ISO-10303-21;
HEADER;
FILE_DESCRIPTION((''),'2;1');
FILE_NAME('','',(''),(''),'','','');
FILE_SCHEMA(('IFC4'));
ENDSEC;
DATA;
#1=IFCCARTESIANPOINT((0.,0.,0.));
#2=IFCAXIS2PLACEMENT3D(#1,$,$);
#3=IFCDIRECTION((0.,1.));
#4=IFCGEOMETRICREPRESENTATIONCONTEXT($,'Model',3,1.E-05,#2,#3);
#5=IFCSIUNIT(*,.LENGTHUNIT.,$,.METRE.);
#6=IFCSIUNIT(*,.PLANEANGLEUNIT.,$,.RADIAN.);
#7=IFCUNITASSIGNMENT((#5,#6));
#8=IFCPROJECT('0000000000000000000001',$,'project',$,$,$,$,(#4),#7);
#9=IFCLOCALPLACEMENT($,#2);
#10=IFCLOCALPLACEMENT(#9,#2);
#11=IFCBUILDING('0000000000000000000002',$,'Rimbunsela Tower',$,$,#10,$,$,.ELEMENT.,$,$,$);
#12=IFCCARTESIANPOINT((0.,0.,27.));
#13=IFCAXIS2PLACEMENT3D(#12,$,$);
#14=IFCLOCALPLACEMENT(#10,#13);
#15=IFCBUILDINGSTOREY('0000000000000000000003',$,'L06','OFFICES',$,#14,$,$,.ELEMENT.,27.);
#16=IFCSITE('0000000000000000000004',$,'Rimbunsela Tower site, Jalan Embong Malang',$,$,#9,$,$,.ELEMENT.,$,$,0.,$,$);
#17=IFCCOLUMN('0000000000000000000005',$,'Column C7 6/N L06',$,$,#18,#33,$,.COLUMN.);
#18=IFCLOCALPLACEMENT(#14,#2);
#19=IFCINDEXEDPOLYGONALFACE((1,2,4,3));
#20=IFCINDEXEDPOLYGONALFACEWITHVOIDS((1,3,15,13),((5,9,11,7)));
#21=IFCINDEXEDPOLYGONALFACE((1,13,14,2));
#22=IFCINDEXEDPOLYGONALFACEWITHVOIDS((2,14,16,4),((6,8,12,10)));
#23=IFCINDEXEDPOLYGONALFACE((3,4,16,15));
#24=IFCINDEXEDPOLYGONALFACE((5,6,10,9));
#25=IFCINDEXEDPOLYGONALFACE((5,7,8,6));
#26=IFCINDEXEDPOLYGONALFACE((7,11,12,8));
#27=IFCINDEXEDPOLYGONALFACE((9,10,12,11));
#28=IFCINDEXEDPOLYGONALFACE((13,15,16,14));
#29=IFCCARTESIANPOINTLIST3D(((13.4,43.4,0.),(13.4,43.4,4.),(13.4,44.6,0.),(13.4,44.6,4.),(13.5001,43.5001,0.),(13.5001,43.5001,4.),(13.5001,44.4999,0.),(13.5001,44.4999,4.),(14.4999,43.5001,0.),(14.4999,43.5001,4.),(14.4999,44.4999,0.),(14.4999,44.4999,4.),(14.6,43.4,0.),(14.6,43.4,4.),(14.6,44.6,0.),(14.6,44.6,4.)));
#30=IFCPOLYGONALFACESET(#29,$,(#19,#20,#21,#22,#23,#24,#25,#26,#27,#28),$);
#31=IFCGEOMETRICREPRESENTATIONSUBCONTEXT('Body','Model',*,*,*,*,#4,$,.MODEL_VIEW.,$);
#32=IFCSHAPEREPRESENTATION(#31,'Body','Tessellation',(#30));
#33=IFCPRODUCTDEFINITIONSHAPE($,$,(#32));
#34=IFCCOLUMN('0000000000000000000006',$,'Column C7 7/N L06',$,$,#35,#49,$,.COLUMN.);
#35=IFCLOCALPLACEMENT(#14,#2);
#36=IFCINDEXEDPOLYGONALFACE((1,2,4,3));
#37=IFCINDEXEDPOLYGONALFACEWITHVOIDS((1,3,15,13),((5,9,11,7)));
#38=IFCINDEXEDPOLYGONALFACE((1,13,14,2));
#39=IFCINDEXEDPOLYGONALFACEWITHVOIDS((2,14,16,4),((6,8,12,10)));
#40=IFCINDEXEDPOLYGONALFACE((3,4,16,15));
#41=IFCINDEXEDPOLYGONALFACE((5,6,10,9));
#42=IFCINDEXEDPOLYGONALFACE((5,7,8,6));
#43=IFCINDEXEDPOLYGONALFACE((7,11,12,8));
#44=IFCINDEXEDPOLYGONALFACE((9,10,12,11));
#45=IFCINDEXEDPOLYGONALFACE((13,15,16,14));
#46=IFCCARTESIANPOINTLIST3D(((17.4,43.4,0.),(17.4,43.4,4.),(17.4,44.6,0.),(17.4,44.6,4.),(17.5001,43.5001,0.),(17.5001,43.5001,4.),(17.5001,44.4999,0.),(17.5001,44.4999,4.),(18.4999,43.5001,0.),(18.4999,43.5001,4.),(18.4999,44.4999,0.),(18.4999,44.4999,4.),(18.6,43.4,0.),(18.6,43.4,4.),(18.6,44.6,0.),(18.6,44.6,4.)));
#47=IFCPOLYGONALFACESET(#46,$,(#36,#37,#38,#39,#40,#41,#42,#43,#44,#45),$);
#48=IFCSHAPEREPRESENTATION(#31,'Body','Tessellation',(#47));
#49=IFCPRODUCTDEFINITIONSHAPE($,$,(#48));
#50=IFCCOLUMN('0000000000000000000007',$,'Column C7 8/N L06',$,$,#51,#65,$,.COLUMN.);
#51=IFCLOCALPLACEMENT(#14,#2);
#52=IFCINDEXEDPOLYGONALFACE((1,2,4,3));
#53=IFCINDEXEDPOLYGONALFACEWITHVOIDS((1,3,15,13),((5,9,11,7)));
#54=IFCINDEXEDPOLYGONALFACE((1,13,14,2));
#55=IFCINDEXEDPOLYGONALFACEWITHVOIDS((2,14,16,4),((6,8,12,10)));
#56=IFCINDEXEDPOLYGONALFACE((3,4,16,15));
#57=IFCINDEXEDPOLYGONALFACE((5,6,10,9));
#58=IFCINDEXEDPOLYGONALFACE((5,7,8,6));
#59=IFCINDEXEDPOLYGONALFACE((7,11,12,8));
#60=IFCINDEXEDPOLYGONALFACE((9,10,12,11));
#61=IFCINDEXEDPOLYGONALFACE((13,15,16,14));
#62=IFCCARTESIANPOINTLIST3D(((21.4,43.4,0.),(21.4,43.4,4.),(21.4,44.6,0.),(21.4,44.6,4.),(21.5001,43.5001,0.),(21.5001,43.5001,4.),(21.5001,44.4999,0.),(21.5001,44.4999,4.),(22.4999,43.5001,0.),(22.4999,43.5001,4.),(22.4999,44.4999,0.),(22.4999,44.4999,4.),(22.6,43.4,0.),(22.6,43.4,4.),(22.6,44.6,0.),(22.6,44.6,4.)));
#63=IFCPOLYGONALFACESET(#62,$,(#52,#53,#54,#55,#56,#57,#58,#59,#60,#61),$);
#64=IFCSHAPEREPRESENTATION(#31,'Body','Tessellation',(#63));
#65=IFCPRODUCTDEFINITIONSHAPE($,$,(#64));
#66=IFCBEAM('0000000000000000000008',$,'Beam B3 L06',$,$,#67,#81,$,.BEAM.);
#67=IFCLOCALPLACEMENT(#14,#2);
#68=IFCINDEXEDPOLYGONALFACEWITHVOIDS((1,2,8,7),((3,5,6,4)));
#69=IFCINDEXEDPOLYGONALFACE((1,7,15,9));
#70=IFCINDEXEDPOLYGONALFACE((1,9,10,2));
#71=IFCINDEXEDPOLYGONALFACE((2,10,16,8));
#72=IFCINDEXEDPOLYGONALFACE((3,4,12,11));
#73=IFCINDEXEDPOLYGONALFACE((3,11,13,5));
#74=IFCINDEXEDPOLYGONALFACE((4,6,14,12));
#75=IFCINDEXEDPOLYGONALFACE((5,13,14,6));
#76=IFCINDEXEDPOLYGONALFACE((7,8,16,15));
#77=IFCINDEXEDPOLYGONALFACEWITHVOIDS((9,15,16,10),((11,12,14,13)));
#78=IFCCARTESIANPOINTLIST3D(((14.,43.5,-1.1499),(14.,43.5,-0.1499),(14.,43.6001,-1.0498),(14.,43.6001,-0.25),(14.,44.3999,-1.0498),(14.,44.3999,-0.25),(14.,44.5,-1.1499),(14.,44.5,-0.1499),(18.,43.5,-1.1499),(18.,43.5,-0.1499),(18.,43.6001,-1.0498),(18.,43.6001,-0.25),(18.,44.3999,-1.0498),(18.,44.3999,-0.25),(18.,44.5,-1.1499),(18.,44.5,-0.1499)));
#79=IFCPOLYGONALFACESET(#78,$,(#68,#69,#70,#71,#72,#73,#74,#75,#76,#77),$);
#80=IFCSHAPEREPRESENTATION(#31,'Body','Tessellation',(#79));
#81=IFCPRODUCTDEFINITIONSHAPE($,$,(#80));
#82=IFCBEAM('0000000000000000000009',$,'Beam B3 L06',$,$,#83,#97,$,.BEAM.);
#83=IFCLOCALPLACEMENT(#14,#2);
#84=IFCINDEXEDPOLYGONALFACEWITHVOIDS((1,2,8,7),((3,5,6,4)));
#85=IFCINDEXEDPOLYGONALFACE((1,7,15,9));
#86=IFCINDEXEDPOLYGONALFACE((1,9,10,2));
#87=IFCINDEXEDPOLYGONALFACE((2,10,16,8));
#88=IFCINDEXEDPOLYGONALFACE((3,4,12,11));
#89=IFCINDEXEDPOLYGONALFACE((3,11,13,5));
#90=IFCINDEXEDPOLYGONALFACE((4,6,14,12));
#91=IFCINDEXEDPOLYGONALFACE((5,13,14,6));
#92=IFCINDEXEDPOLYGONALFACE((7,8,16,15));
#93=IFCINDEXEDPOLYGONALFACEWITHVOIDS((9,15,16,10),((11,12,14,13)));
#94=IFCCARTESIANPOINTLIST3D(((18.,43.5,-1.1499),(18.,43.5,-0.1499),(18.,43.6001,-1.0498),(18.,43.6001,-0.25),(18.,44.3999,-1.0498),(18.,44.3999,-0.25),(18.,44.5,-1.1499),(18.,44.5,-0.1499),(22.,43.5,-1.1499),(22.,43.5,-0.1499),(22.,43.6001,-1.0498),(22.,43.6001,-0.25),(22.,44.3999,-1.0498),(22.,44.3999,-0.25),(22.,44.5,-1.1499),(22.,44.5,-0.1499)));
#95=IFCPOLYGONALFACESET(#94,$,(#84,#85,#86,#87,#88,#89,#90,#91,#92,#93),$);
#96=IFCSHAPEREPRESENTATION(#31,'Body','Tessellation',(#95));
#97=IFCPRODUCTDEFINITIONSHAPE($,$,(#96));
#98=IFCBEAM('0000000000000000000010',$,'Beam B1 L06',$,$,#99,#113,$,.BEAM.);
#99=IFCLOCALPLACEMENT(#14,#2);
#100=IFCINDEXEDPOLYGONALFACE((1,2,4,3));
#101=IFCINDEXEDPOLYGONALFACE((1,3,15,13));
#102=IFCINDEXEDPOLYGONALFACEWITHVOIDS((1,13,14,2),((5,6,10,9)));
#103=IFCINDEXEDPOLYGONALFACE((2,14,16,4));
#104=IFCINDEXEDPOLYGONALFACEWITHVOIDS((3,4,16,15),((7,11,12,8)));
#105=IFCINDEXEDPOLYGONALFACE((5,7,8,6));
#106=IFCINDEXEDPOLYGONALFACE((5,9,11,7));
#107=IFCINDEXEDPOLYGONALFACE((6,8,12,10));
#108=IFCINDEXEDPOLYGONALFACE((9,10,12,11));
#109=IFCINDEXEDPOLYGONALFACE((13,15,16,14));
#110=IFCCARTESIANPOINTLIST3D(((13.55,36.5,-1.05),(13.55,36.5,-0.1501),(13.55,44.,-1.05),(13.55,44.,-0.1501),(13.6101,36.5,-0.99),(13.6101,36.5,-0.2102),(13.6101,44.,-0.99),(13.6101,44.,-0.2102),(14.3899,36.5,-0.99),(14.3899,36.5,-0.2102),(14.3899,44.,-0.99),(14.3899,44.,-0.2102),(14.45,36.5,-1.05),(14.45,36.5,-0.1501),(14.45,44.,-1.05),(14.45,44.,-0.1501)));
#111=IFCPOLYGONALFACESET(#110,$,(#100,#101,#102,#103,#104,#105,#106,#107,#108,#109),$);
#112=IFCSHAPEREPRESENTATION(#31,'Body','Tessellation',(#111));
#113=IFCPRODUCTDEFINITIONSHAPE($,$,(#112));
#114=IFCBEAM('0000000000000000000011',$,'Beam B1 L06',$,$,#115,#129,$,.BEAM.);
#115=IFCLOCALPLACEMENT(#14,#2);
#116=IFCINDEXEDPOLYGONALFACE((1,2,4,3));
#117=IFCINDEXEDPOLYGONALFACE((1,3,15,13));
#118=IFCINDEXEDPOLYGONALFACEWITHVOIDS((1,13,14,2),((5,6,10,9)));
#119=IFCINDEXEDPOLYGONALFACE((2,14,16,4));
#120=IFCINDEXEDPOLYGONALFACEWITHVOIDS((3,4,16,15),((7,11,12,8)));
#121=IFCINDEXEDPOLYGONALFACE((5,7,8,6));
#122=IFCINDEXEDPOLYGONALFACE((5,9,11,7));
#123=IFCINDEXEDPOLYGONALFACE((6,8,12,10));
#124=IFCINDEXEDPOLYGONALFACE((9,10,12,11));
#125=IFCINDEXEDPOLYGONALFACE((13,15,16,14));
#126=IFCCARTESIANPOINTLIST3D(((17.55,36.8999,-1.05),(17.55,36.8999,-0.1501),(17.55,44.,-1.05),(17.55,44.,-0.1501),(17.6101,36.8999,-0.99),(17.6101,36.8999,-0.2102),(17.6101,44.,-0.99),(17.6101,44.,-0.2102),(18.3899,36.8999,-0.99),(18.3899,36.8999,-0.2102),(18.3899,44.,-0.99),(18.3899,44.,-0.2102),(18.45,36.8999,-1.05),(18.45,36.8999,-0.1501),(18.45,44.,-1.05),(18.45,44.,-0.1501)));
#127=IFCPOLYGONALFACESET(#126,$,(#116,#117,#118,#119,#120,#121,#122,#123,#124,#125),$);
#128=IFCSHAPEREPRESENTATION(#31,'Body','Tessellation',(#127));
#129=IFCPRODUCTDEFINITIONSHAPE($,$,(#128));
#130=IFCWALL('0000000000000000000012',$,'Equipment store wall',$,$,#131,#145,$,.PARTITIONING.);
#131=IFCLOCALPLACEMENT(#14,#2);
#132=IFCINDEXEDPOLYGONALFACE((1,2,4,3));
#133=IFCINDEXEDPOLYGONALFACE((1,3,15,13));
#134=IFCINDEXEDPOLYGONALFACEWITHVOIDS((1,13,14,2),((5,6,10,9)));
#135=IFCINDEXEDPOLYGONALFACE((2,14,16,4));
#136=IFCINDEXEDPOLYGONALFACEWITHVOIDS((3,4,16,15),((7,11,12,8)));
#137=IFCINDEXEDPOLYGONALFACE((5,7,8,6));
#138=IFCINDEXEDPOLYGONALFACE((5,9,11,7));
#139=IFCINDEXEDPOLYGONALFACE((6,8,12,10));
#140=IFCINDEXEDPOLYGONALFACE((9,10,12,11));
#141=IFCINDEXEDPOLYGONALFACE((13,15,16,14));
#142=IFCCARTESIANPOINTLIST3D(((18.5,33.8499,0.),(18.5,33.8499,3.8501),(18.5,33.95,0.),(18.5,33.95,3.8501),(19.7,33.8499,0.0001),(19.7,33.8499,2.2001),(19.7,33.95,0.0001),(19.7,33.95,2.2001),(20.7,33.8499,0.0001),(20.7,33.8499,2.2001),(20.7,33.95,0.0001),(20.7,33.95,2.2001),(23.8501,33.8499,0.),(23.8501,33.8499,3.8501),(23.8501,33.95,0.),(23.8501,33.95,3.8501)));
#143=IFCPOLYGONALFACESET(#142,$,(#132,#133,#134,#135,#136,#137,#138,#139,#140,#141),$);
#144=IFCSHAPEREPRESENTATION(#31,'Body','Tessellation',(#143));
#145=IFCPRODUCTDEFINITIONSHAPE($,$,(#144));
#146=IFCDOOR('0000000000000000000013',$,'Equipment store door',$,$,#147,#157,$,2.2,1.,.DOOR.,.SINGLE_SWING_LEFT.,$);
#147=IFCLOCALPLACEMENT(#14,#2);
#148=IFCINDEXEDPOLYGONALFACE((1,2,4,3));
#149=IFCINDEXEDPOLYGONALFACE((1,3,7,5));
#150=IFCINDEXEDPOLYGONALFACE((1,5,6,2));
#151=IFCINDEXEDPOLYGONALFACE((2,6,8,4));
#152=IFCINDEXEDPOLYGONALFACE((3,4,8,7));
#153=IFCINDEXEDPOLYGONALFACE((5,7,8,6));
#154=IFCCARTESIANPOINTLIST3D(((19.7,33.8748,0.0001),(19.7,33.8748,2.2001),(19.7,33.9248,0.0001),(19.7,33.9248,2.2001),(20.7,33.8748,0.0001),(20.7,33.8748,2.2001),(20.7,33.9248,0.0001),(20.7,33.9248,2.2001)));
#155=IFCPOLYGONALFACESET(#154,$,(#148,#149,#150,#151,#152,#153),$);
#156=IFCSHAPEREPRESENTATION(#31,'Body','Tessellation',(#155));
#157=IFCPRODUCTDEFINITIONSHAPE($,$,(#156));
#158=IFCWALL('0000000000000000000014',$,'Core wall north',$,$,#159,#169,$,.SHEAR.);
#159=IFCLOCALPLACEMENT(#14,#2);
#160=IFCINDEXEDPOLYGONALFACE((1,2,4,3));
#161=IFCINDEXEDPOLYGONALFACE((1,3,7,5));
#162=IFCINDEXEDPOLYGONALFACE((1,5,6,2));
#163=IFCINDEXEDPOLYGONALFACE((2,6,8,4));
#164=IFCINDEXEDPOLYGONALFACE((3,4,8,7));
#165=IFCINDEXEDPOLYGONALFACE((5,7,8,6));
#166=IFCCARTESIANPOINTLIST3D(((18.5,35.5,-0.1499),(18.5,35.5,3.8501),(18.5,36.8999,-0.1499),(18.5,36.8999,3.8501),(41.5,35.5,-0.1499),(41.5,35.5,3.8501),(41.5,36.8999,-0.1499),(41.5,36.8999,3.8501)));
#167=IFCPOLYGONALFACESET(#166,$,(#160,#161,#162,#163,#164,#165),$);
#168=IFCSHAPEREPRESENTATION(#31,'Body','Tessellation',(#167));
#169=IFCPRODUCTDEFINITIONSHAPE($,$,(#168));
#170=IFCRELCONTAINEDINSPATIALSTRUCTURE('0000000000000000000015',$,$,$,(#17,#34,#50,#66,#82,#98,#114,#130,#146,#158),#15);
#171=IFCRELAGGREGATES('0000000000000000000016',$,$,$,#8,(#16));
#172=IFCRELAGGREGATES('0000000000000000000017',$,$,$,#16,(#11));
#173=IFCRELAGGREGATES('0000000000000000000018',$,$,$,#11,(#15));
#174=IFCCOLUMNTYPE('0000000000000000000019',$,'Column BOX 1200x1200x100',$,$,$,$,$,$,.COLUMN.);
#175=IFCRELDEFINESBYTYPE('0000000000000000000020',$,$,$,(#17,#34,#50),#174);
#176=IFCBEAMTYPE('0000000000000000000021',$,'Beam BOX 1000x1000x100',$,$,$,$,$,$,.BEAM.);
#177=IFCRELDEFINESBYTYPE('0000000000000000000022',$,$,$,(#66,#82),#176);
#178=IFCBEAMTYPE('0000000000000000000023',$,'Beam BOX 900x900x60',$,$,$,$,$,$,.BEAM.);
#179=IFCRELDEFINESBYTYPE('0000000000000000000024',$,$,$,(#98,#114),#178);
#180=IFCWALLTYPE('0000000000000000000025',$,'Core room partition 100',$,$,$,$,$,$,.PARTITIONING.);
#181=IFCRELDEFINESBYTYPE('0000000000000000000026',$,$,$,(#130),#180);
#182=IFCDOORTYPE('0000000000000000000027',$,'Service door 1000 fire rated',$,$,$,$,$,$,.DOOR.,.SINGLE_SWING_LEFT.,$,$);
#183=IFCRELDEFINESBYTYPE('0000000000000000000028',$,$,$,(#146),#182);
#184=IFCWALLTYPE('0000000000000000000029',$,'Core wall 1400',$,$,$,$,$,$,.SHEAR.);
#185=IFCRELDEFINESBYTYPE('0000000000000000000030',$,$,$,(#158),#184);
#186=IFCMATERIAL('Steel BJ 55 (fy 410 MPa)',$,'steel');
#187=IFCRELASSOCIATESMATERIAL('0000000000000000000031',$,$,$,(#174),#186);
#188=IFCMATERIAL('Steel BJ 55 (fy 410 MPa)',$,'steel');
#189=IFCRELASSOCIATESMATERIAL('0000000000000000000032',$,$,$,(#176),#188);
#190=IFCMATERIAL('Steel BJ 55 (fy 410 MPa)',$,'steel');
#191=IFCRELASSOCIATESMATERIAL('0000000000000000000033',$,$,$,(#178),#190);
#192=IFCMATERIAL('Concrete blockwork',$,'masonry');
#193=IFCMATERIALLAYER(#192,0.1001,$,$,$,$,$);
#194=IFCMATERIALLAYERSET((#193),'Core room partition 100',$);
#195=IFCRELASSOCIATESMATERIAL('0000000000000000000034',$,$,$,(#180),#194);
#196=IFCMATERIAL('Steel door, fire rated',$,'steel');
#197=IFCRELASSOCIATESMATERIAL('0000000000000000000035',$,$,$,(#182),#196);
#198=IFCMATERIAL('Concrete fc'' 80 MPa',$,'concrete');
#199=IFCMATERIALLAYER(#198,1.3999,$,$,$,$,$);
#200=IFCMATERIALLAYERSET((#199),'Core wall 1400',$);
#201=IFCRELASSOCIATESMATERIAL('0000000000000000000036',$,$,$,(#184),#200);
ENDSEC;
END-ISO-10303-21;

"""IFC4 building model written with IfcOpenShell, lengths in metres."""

from ifc_helpers import new_model, si_unit, direction, frame, frame_2d, origin, origin_2d, place, context, subcontext, project, spatial, rectangle, hollow_rectangle, extrude, material, layer, layer_set, material_profile, profile_set, type_object, element, fill, save


model = new_model("IFC4")

# Units and contexts
model_context = context("Model", 3, precision=1e-05, world=origin(), true_north=direction((0.0, 1.0)))
body_context = subcontext(model_context, "Body", "Model", "MODEL_VIEW")
ifc_project = project(units=[si_unit("LENGTHUNIT", "METRE"), si_unit("PLANEANGLEUNIT", "RADIAN")], contexts=[model_context])

# Site, building, storey
site_placement = place(None, origin())
site = spatial("IfcSite", under=ifc_project, at=site_placement, Name="Rimbunsela Tower site, Jalan Embong Malang", CompositionType="ELEMENT", RefElevation=0.0)
building_placement = place(site_placement, origin())
building = spatial("IfcBuilding", under=site, at=building_placement, Name="Rimbunsela Tower", CompositionType="ELEMENT")
storey_placement = place(building_placement, frame((0.0, 0.0, 27.0)))
storey = spatial("IfcBuildingStorey", under=building, at=storey_placement, Name="L06", Description="OFFICES", CompositionType="ELEMENT", Elevation=27.0)

# Columns
ifc_material_1 = material(Name="Steel BJ 55 (fy 410 MPa)", Category="steel")
ifc_material_profile_1 = material_profile(ifc_material_1, hollow_rectangle(XDim=1.2, YDim=1.2, WallThickness=0.1001, at=origin_2d()), Name="BOX 1200x1200x100")
ifc_profile_set_1 = profile_set([ifc_material_profile_1], Name="Steel BJ 55 (fy 410 MPa)")
column_type = type_object("IfcColumnType", Name="Column BOX 1200x1200x100", PredefinedType="COLUMN", material=ifc_profile_set_1)
for number, where, z_axis, x_axis, name in (
    (1, (14.0, 44.0, 0.0), (0.0, 0.0, 1.0), (1.0, 0.0, 0.0), "Column C7 6/N L06"),
    (2, (18.0, 44.0, 0.0), (0.0, 0.0, 1.0), (1.0, 0.0, 0.0), "Column C7 7/N L06"),
    (3, (22.0, 44.0, 0.0), (0.0, 0.0, 1.0), (1.0, 0.0, 0.0), "Column C7 8/N L06"),
):
    element("IfcColumn", number, at=place(storey_placement, frame(where, z_axis=z_axis, x_axis=x_axis)), inside=storey, type_object=column_type, Name=name, PredefinedType="COLUMN", context=body_context, shape_type="SweptSolid", body=[
        extrude(hollow_rectangle(XDim=1.2, YDim=1.2, WallThickness=0.1001, at=origin_2d()), origin(), (0.0, 0.0, 1.0), 4.0),
    ])

# Beams
ifc_material_2 = material(Name="Steel BJ 55 (fy 410 MPa)", Category="steel")
ifc_material_profile_2 = material_profile(ifc_material_2, hollow_rectangle(XDim=1.0, YDim=1.0, WallThickness=0.1001, at=origin_2d()), Name="BOX 1000x1000x100")
ifc_profile_set_2 = profile_set([ifc_material_profile_2], Name="Steel BJ 55 (fy 410 MPa)")
beam_type_1 = type_object("IfcBeamType", Name="Beam BOX 1000x1000x100", PredefinedType="BEAM", material=ifc_profile_set_2)
for number, where, z_axis, x_axis, name in (
    (4, (14.0, 44.0, -0.6499), (1.0, 0.0, 0.0), (0.0, 1.0, 0.0), "Beam B3 L06"),
    (5, (18.0, 44.0, -0.6499), (1.0, 0.0, 0.0), (0.0, 1.0, 0.0), "Beam B3 L06"),
):
    element("IfcBeam", number, at=place(storey_placement, frame(where, z_axis=z_axis, x_axis=x_axis)), inside=storey, type_object=beam_type_1, Name=name, PredefinedType="BEAM", context=body_context, shape_type="SweptSolid", body=[
        extrude(hollow_rectangle(XDim=1.0, YDim=1.0, WallThickness=0.1001, at=origin_2d()), origin(), (0.0, 0.0, 1.0), 4.0),
    ])
ifc_material_3 = material(Name="Steel BJ 55 (fy 410 MPa)", Category="steel")
ifc_material_profile_3 = material_profile(ifc_material_3, hollow_rectangle(XDim=0.8999, YDim=0.8999, WallThickness=0.0601, at=origin_2d()), Name="BOX 900x900x60")
ifc_profile_set_3 = profile_set([ifc_material_profile_3], Name="Steel BJ 55 (fy 410 MPa)")
beam_type_2 = type_object("IfcBeamType", Name="Beam BOX 900x900x60", PredefinedType="BEAM", material=ifc_profile_set_3)
beam_1_placement = place(storey_placement, frame((14.0, 36.5, -0.6001), z_axis=(0.0, 1.0, 0.0), x_axis=(-1.0, 0.0, 0.0)))
element("IfcBeam", 6, at=beam_1_placement, inside=storey, type_object=beam_type_2, Name="Beam B1 L06", PredefinedType="BEAM", context=body_context, shape_type="SweptSolid", body=[
    extrude(hollow_rectangle(XDim=0.8999, YDim=0.8999, WallThickness=0.0601, at=origin_2d()), origin(), (0.0, 0.0, 1.0), 7.5),
])
beam_2_placement = place(storey_placement, frame((18.0, 36.8999, -0.6001), z_axis=(0.0, 1.0, 0.0), x_axis=(-1.0, 0.0, 0.0)))
element("IfcBeam", 7, at=beam_2_placement, inside=storey, type_object=beam_type_2, Name="Beam B1 L06", PredefinedType="BEAM", context=body_context, shape_type="SweptSolid", body=[
    extrude(hollow_rectangle(XDim=0.8999, YDim=0.8999, WallThickness=0.0601, at=origin_2d()), origin(), (0.0, 0.0, 1.0), 7.1001),
])

# Wall, opening, door
ifc_material_4 = material(Name="Concrete blockwork", Category="masonry")
ifc_layer_1 = layer(ifc_material_4, 0.1001)
ifc_layer_set_1 = layer_set([ifc_layer_1], Name="Core room partition 100")
wall_type_1 = type_object("IfcWallType", Name="Core room partition 100", PredefinedType="PARTITIONING", material=ifc_layer_set_1)
wall_1_placement = place(storey_placement, frame((18.5, 33.8999, 0.0), z_axis=(0.0, 0.0, 1.0), x_axis=(1.0, 0.0, 0.0)))
wall_1 = element("IfcWall", 8, at=wall_1_placement, inside=storey, type_object=wall_type_1, Name="Equipment store wall", PredefinedType="PARTITIONING", context=body_context, shape_type="SweptSolid", body=[
    extrude(rectangle(XDim=5.3501, YDim=0.1001, at=frame_2d((2.675, 0.0))), origin(), (0.0, 0.0, 1.0), 3.8501),
])
opening_1_placement = place(wall_1_placement, frame((1.2, 0.0, 0.0)))
opening_1 = element("IfcOpeningElement", 9, at=opening_1_placement, cuts=wall_1, PredefinedType="OPENING", context=body_context, shape_type="SweptSolid", body=[
    extrude(rectangle(XDim=1.0, YDim=2.2, at=frame_2d((0.5, 1.1001))), frame((0.0, 0.0601, 0.0), z_axis=(0.0, -1.0, 0.0), x_axis=(1.0, 0.0, 0.0)), (0.0, 0.0, 1.0), 0.1201),
])
ifc_material_5 = material(Name="Steel door, fire rated", Category="steel")
door_type_1 = type_object("IfcDoorType", Name="Service door 1000 fire rated", OperationType="SINGLE_SWING_LEFT", PredefinedType="DOOR", material=ifc_material_5)
door_1_placement = place(opening_1_placement, origin())
door_1 = element("IfcDoor", 10, at=door_1_placement, inside=storey, type_object=door_type_1, Name="Equipment store door", OperationType="SINGLE_SWING_LEFT", OverallHeight=2.2, OverallWidth=1.0, PredefinedType="DOOR", context=body_context, shape_type="SweptSolid", body=[
    extrude(rectangle(XDim=1.0, YDim=2.2, at=frame_2d((0.5, 1.1001))), frame((0.0, 0.0249, 0.0), z_axis=(0.0, -1.0, 0.0), x_axis=(1.0, 0.0, 0.0)), (0.0, 0.0, 1.0), 0.05),
])
fill(opening_1, door_1)

# Wall
ifc_material_6 = material(Name="Concrete fc' 80 MPa", Category="concrete")
ifc_layer_2 = layer(ifc_material_6, 1.3999)
ifc_layer_set_2 = layer_set([ifc_layer_2], Name="Core wall 1400")
wall_type_2 = type_object("IfcWallType", Name="Core wall 1400", PredefinedType="SHEAR", material=ifc_layer_set_2)
wall_2_placement = place(storey_placement, frame((18.5, 36.2, -0.1499), z_axis=(0.0, 0.0, 1.0), x_axis=(1.0, 0.0, 0.0)))
element("IfcWall", 11, at=wall_2_placement, inside=storey, type_object=wall_type_2, Name="Core wall north", PredefinedType="SHEAR", context=body_context, shape_type="SweptSolid", body=[
    extrude(rectangle(XDim=23.0, YDim=1.3999, at=frame_2d((11.5, 0.0))), origin(), (0.0, 0.0, 1.0), 4.0),
])

save(model, "model.ifc")
